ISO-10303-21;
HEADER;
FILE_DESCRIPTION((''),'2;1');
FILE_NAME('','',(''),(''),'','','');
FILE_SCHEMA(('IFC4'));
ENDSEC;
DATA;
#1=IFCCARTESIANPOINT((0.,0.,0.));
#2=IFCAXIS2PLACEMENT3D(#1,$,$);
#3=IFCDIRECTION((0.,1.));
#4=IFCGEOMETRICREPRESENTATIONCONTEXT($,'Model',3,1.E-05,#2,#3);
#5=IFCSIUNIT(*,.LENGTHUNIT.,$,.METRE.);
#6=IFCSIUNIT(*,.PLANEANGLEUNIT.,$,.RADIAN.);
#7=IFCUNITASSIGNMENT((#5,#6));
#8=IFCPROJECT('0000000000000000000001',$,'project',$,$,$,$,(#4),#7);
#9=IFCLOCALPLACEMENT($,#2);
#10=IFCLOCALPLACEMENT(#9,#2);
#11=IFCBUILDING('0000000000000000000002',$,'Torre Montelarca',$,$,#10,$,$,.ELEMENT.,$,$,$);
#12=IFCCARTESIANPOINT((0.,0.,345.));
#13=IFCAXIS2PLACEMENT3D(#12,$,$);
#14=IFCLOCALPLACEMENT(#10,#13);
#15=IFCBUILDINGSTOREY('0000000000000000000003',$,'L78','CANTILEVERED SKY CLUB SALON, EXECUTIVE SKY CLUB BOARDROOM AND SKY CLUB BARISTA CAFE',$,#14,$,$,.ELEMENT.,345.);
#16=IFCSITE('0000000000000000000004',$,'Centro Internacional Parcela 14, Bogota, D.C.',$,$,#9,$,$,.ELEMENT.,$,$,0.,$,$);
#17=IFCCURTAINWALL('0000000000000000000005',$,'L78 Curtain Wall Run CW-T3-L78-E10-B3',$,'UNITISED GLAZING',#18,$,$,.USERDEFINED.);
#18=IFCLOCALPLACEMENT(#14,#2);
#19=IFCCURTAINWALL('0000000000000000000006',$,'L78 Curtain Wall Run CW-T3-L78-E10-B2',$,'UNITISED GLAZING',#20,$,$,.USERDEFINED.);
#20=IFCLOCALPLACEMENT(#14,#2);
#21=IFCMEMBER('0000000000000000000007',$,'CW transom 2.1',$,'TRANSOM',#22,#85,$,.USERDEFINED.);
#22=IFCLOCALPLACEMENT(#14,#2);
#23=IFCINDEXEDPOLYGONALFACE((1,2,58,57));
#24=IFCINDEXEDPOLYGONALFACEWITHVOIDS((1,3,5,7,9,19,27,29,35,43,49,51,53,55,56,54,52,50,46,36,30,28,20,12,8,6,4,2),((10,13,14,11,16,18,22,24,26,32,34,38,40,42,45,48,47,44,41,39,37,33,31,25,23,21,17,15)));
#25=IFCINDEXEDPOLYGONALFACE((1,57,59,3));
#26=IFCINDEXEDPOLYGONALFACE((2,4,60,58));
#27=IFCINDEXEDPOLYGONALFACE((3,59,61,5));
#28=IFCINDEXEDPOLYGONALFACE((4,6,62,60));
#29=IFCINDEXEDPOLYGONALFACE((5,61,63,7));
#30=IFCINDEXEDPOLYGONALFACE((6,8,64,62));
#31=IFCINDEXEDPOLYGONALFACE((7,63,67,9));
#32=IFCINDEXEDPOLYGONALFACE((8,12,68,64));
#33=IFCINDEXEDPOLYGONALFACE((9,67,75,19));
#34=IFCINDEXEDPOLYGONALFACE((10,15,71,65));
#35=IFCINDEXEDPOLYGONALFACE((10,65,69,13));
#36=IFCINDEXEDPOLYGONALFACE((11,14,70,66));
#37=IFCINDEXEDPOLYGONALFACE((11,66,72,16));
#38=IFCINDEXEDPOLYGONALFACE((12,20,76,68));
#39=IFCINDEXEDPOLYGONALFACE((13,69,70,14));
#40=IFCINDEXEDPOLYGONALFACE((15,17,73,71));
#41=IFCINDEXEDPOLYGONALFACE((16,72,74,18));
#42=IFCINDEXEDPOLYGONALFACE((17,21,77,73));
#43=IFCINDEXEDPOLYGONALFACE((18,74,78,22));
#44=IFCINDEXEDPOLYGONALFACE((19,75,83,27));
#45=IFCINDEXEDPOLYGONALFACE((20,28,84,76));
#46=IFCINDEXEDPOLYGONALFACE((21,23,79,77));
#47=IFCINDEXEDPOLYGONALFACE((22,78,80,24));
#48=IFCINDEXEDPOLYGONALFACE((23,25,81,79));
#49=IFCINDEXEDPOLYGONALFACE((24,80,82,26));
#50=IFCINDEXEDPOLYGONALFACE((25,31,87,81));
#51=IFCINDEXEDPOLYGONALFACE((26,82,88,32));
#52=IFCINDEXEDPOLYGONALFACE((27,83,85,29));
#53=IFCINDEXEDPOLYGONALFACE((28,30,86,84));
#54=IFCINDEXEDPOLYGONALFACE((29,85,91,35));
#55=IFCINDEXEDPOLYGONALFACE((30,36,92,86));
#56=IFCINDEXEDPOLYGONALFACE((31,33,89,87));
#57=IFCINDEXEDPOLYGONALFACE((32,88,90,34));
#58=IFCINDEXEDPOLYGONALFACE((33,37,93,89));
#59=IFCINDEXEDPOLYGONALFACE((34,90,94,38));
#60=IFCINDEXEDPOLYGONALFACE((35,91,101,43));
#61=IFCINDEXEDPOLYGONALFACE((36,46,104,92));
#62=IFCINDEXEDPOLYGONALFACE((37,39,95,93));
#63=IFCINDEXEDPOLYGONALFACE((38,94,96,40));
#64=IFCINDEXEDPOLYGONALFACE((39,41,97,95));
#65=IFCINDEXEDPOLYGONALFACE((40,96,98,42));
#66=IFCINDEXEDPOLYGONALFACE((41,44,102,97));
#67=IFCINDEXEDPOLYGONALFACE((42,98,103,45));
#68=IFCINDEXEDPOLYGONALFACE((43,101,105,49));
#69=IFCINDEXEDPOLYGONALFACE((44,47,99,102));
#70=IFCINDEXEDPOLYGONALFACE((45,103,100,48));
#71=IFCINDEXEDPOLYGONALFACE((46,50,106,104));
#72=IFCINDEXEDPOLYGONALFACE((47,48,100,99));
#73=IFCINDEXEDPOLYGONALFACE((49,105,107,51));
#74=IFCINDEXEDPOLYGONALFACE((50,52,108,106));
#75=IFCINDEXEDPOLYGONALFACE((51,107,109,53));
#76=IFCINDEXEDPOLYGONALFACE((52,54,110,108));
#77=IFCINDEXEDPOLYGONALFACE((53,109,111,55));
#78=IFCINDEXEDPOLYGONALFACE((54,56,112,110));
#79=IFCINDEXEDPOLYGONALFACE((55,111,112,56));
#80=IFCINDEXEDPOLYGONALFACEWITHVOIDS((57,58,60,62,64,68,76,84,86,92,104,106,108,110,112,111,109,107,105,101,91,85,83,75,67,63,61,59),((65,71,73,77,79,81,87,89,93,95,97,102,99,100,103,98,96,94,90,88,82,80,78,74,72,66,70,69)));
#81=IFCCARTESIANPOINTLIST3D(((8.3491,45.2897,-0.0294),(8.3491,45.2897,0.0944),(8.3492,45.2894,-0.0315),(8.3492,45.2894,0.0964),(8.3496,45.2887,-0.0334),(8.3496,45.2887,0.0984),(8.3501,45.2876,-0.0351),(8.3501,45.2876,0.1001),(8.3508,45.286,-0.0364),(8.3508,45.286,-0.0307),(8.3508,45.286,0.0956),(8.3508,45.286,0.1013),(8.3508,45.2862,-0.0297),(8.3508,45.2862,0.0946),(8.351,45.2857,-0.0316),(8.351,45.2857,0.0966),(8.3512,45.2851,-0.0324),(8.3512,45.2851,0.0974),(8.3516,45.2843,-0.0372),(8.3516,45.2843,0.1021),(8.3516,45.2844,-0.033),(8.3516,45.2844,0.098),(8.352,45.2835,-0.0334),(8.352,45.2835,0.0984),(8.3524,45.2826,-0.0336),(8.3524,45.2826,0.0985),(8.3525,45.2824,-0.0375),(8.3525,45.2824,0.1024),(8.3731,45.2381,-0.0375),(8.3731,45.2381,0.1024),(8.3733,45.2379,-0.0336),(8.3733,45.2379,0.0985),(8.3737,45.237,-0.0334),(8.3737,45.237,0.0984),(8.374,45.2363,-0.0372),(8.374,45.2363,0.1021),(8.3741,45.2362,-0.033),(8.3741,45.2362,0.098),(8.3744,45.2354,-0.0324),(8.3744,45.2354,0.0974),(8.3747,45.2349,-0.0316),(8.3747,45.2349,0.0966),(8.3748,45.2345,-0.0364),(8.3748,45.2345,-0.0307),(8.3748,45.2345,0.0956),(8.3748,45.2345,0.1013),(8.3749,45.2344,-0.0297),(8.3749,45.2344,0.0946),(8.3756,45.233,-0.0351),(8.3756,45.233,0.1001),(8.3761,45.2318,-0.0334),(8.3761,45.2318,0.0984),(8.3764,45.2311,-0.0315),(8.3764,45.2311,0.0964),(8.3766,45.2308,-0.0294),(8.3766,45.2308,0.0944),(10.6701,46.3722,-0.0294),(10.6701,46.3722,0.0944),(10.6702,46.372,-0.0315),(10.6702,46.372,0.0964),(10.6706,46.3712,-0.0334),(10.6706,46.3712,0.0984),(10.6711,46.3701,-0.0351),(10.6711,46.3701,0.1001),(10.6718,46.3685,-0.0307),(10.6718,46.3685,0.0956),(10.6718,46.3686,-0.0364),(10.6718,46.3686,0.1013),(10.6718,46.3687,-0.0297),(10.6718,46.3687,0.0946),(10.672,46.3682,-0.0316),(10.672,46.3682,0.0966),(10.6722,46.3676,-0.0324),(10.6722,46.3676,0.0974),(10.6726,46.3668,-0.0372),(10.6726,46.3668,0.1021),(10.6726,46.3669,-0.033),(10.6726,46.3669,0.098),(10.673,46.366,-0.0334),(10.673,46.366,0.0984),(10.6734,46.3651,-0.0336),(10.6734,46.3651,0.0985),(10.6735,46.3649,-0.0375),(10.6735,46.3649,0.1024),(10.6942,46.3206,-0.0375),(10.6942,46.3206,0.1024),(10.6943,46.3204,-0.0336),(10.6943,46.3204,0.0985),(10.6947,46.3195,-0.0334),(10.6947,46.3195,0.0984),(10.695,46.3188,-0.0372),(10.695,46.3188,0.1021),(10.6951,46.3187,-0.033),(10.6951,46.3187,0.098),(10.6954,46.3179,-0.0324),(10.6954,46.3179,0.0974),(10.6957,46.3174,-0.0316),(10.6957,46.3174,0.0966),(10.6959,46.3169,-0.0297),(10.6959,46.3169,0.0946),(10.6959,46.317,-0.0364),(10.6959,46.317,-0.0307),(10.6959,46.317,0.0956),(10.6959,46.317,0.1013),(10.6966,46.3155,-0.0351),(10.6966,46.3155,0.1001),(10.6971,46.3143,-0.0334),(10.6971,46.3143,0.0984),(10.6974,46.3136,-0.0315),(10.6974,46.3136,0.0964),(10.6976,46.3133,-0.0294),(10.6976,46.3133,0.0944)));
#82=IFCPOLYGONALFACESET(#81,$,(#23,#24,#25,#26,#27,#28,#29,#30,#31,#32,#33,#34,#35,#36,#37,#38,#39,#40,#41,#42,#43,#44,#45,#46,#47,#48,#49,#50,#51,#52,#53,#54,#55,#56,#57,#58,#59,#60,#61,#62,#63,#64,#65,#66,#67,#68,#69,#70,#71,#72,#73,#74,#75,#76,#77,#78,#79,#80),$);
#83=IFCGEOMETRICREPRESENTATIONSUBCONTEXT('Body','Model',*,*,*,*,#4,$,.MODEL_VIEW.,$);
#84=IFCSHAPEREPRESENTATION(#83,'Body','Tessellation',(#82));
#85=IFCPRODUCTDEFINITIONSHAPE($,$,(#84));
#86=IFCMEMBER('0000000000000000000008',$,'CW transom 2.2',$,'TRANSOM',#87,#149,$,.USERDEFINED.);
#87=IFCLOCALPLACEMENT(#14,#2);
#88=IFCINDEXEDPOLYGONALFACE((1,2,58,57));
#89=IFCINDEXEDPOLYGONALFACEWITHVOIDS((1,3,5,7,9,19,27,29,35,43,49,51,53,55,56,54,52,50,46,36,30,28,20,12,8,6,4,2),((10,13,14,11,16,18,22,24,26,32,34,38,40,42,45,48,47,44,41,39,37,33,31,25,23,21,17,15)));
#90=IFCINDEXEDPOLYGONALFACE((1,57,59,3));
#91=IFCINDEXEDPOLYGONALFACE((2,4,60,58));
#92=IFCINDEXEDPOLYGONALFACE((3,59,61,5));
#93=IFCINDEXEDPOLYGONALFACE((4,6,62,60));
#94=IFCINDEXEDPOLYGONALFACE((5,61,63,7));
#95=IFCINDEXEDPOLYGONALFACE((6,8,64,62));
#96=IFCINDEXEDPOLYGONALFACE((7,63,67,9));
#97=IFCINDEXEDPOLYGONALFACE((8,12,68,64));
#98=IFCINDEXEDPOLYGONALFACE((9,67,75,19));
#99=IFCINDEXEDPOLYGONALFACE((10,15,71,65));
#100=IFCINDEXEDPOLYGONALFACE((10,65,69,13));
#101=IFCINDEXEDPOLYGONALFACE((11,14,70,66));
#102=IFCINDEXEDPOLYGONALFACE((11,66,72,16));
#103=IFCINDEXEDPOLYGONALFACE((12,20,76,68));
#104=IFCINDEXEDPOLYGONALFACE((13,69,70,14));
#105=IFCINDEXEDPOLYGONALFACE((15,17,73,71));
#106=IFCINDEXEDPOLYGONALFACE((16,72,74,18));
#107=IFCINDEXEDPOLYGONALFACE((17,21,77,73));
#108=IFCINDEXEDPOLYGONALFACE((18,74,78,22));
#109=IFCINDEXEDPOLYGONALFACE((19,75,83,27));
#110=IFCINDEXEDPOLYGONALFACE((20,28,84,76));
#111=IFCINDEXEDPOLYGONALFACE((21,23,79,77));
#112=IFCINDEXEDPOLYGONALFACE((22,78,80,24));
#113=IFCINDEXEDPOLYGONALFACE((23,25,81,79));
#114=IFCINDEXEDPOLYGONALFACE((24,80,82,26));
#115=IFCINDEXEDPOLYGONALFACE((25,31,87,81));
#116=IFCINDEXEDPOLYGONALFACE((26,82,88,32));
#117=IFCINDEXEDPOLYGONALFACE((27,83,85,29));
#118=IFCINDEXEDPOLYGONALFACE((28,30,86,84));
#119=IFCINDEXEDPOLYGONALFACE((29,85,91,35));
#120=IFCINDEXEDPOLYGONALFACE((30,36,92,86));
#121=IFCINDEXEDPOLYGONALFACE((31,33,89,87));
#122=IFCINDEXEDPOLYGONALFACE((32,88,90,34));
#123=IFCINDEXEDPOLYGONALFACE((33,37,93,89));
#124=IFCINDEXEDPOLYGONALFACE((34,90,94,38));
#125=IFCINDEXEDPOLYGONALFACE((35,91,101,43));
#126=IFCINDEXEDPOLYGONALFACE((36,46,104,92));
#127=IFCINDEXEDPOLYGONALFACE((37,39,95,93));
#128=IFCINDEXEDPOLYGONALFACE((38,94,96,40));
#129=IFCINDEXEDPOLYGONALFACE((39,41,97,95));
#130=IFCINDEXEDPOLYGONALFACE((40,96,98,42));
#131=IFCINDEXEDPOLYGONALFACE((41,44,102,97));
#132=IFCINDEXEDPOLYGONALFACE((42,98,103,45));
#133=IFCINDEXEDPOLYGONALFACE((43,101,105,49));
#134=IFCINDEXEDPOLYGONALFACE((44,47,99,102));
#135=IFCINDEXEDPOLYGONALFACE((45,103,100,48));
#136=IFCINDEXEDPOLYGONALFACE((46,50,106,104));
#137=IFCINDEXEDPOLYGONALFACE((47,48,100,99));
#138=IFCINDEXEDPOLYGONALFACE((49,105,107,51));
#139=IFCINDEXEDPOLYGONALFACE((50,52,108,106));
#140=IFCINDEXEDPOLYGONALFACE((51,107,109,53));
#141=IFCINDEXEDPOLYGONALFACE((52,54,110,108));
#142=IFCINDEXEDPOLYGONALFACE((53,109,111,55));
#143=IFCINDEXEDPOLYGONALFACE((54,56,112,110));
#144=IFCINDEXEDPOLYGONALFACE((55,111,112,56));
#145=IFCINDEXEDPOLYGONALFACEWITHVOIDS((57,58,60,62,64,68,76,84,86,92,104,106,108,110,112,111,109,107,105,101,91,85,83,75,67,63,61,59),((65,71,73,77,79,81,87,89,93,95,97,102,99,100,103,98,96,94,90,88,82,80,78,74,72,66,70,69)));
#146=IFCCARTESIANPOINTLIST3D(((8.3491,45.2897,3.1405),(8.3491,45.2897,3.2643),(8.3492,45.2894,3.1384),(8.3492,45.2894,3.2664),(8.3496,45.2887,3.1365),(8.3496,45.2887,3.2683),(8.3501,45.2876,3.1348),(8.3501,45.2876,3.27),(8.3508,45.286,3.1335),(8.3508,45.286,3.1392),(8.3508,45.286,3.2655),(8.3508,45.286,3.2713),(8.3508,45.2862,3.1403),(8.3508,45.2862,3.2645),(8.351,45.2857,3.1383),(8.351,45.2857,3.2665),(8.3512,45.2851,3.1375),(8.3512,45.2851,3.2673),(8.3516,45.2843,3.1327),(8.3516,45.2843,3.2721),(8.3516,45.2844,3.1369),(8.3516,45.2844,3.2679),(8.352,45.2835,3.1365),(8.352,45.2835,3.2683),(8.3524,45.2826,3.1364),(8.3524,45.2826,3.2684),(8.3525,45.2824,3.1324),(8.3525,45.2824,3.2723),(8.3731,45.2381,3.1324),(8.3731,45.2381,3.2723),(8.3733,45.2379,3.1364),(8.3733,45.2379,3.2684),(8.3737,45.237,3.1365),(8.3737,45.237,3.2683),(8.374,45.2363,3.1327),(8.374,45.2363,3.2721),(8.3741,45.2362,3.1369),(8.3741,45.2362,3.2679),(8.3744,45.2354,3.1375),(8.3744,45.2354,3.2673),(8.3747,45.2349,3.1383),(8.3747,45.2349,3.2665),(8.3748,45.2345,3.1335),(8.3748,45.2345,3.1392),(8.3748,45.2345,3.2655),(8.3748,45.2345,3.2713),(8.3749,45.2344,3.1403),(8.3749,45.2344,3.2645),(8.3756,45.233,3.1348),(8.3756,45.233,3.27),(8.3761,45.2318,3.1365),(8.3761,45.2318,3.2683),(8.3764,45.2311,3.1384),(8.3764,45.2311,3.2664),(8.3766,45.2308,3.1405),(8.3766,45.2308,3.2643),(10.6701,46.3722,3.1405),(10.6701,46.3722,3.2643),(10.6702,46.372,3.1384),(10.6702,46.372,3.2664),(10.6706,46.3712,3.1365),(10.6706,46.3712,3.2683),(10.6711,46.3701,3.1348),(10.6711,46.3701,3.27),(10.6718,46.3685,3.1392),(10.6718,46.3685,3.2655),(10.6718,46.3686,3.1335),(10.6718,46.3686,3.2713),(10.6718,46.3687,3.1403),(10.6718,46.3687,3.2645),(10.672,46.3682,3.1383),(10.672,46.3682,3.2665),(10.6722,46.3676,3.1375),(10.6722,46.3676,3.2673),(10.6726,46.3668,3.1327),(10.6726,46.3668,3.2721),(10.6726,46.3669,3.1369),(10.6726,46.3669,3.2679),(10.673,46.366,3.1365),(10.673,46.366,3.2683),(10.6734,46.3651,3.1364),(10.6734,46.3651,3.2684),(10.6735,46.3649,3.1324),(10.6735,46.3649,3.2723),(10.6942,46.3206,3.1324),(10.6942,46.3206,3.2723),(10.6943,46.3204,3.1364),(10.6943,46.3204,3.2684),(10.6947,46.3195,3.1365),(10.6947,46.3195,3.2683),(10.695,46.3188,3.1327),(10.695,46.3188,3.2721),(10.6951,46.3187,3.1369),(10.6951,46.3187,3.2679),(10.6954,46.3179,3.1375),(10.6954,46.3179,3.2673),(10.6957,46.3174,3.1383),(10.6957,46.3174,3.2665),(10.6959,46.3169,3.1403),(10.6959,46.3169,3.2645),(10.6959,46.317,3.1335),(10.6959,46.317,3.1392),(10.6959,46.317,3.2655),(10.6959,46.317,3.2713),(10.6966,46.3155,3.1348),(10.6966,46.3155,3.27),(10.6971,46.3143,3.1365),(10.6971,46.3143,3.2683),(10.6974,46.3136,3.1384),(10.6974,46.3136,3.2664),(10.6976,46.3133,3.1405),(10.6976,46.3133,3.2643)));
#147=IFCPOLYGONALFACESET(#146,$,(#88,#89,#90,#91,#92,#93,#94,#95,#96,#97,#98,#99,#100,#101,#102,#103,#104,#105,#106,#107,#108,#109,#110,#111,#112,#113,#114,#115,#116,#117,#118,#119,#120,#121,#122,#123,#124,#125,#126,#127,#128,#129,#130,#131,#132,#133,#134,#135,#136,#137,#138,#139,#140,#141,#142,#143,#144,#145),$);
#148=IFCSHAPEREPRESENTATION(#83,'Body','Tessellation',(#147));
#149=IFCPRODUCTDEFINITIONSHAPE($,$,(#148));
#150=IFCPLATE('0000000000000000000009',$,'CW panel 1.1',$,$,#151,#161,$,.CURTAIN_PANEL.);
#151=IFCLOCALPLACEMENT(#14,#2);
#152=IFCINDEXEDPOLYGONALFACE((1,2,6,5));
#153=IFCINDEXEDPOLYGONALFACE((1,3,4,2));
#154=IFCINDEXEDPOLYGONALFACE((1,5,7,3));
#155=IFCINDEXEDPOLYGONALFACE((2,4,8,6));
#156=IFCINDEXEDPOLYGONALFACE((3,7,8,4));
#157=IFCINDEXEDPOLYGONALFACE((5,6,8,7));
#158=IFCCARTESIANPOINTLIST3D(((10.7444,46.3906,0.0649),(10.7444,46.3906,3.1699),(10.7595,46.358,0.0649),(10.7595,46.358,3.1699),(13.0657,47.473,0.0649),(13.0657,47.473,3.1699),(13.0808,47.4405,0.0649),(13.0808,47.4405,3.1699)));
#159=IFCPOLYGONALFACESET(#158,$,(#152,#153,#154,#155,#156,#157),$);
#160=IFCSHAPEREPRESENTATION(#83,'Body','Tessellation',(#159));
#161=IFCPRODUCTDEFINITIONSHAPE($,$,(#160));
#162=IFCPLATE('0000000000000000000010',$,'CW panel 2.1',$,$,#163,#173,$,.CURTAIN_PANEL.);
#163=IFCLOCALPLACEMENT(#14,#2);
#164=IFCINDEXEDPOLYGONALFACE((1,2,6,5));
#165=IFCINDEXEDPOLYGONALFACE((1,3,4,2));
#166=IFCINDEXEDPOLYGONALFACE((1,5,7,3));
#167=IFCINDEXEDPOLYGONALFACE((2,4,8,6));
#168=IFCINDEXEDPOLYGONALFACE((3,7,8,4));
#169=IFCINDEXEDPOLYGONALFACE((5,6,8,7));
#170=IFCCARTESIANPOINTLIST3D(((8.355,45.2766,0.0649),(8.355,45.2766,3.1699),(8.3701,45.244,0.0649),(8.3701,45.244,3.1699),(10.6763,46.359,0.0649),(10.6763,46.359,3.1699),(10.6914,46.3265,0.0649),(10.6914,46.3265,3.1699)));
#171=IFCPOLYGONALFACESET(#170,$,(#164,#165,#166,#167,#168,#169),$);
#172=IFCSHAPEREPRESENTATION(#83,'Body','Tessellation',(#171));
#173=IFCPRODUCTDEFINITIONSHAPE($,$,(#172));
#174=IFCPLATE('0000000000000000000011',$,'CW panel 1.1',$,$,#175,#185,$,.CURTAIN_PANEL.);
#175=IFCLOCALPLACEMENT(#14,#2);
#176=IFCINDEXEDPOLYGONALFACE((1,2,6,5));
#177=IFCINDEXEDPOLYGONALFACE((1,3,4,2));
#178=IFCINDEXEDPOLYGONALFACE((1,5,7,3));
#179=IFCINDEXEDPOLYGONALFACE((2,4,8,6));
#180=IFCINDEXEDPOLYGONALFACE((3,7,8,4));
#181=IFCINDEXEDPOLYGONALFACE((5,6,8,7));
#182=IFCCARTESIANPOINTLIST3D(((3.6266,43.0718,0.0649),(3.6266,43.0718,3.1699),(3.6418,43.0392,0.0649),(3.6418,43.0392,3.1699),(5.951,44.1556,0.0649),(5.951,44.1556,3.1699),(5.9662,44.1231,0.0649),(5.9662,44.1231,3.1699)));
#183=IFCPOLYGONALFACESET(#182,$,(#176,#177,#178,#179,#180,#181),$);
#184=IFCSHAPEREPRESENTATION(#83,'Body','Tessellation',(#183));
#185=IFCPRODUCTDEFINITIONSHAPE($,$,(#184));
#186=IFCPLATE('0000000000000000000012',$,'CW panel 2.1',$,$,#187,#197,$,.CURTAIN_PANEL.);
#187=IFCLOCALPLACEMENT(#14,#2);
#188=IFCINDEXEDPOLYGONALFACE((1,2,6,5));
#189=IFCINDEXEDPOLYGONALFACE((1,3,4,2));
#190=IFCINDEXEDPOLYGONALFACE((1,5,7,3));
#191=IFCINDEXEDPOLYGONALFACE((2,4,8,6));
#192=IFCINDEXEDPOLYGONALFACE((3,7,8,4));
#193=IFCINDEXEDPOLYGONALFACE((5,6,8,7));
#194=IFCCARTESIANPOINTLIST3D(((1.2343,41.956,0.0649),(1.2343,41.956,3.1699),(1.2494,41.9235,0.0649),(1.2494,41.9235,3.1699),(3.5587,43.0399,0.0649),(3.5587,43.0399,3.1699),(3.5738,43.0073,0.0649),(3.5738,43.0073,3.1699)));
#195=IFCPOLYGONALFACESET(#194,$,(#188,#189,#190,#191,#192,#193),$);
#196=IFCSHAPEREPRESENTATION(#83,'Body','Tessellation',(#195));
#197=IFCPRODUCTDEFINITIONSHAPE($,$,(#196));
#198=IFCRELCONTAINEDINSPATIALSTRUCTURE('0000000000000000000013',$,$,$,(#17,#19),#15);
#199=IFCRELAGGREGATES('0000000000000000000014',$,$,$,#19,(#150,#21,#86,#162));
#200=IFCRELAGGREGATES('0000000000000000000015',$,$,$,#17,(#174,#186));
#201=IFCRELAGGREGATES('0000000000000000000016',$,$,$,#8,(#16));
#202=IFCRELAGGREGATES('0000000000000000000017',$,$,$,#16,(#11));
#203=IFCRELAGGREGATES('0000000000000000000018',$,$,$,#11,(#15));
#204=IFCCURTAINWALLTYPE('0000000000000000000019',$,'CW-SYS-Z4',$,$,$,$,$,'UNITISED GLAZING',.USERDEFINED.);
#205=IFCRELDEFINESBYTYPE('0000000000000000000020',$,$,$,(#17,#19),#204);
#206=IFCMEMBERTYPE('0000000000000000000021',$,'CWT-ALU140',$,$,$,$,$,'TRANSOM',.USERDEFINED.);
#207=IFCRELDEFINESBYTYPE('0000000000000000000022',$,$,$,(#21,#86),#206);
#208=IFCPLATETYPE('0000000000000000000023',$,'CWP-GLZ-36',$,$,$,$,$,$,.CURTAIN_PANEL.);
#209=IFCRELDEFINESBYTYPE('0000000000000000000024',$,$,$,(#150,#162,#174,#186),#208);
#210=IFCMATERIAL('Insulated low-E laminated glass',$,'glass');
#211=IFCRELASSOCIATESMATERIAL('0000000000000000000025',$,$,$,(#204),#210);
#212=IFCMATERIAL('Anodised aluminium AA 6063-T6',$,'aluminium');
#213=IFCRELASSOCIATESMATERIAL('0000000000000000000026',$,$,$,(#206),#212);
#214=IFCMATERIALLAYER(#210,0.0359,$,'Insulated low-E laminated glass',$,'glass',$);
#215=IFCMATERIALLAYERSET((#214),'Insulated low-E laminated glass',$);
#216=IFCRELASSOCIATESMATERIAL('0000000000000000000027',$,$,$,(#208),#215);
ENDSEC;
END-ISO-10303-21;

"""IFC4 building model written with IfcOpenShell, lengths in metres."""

from ifc_helpers import new_model, si_unit, direction, frame, origin, origin_2d, place, context, subcontext, project, spatial, rectangle, hollow_rectangle, extrude, source, transform, mapped, material, layer, layer_set, material_profile, profile_set, type_object, element, aggregate, save


model = new_model("IFC4")

# Units and contexts
model_context = context("Model", 3, precision=1e-05, world=origin(), true_north=direction((0.0, 1.0)))
body_context = subcontext(model_context, "Body", "Model", "MODEL_VIEW")
ifc_project = project(units=[si_unit("LENGTHUNIT", "METRE"), si_unit("PLANEANGLEUNIT", "RADIAN")], contexts=[model_context])

# Site, building, storey
site_placement = place(None, origin())
site = spatial("IfcSite", under=ifc_project, at=site_placement, Name="Centro Internacional Parcela 14, Bogota, D.C.", CompositionType="ELEMENT", RefElevation=0.0)
building_placement = place(site_placement, origin())
building = spatial("IfcBuilding", under=site, at=building_placement, Name="Torre Montelarca", CompositionType="ELEMENT")
storey_placement = place(building_placement, frame((0.0, 0.0, 345.0)))
storey = spatial("IfcBuildingStorey", under=building, at=storey_placement, Name="L78", Description="CANTILEVERED SKY CLUB SALON, EXECUTIVE SKY CLUB BOARDROOM AND SKY CLUB BARISTA CAFE", CompositionType="ELEMENT", Elevation=345.0)

# Curtain walls
ifc_material_1 = material(Name="Insulated low-E laminated glass", Category="glass")
curtain_wall_type = type_object("IfcCurtainWallType", Name="CW-SYS-Z4", ElementType="UNITISED GLAZING", PredefinedType="USERDEFINED", material=ifc_material_1)
ifc_material_2 = material(Name="Anodised aluminium AA 6063-T6", Category="aluminium")
ifc_material_profile_1 = material_profile(ifc_material_2, hollow_rectangle(XDim=0.0649, YDim=0.1399, WallThickness=0.0039, InnerFilletRadius=0.0039, OuterFilletRadius=0.0081, at=origin_2d()), Name="ALU65X140X4", Category="aluminium")
ifc_profile_set_1 = profile_set([ifc_material_profile_1], Name="Anodised aluminium AA 6063-T6")
member_type_1 = type_object("IfcMemberType", Name="CWT-ALU140", ElementType="TRANSOM", PredefinedType="USERDEFINED", material=ifc_profile_set_1)
curtain_wall_1_placement = place(storey_placement, origin())
curtain_wall_1 = element("IfcCurtainWall", 1, at=curtain_wall_1_placement, inside=storey, type_object=curtain_wall_type, Name="L78 Curtain Wall Run CW-T3-L78-E10-B3", ObjectType="UNITISED GLAZING", PredefinedType="USERDEFINED")
curtain_wall_2_placement = place(storey_placement, origin())
curtain_wall_2 = element("IfcCurtainWall", 2, at=curtain_wall_2_placement, inside=storey, type_object=curtain_wall_type, Name="L78 Curtain Wall Run CW-T3-L78-E10-B2", ObjectType="UNITISED GLAZING", PredefinedType="USERDEFINED")

# Members
shared_shape_1 = source(origin(), body_context, "Body", "SweptSolid", [
    extrude(hollow_rectangle(XDim=0.0649, YDim=0.1399, WallThickness=0.0039, InnerFilletRadius=0.0039, OuterFilletRadius=0.0081, at=origin_2d()), origin(), (0.0, 0.0, 1.0), 2.561),
])
member_1_placement = place(storey_placement, frame((10.6838, 46.3428, 0.0325), z_axis=(-0.906278, -0.422682, 0.0), x_axis=(0.422682, -0.906278, 0.0)))
member_1 = element("IfcMember", 3, at=member_1_placement, type_object=member_type_1, Name="CW transom 2.1", ObjectType="TRANSOM", PredefinedType="USERDEFINED", context=body_context, shape_type="MappedRepresentation", body=[
    mapped(shared_shape_1, transform((0.0, 0.0, 0.0), scale=1.0)),
])
member_2_placement = place(storey_placement, frame((10.6838, 46.3428, 3.2024), z_axis=(-0.906278, -0.422682, 0.0), x_axis=(0.422682, -0.906278, 0.0)))
member_2 = element("IfcMember", 4, at=member_2_placement, type_object=member_type_1, Name="CW transom 2.2", ObjectType="TRANSOM", PredefinedType="USERDEFINED", context=body_context, shape_type="MappedRepresentation", body=[
    mapped(shared_shape_1, transform((0.0, 0.0, 0.0), scale=1.0)),
])

# Plates
ifc_layer_1 = layer(ifc_material_1, 0.0359, Name="Insulated low-E laminated glass", Category="glass")
ifc_layer_set_1 = layer_set([ifc_layer_1], Name="Insulated low-E laminated glass")
plate_type = type_object("IfcPlateType", Name="CWP-GLZ-36", PredefinedType="CURTAIN_PANEL", material=ifc_layer_set_1)
shared_shape_2 = source(origin(), body_context, "Body", "SweptSolid", [
    extrude(rectangle(XDim=2.5613, YDim=0.0359, at=origin_2d()), origin(), (0.0, 0.0, 1.0), 3.105),
])
plate_1_placement = place(storey_placement, frame((11.9126, 46.9155, 0.0649), z_axis=(0.0, 0.0, 1.0), x_axis=(-0.906309, -0.422616, 0.0)))
plate_1 = element("IfcPlate", 5, at=plate_1_placement, type_object=plate_type, Name="CW panel 1.1", PredefinedType="CURTAIN_PANEL", context=body_context, shape_type="MappedRepresentation", body=[
    mapped(shared_shape_2, transform((0.0, 0.0, 0.0), scale=1.0)),
])
plate_2_placement = place(storey_placement, frame((9.5232, 45.8015, 0.0649), z_axis=(0.0, 0.0, 1.0), x_axis=(-0.906309, -0.422616, 0.0)))
plate_2 = element("IfcPlate", 6, at=plate_2_placement, type_object=plate_type, Name="CW panel 2.1", PredefinedType="CURTAIN_PANEL", context=body_context, shape_type="MappedRepresentation", body=[
    mapped(shared_shape_2, transform((0.0, 0.0, 0.0), scale=1.0)),
])
aggregate(curtain_wall_2, [plate_1, member_1, member_2, plate_2])
shared_shape_3 = source(origin(), body_context, "Body", "SweptSolid", [
    extrude(rectangle(XDim=2.5647, YDim=0.0359, at=origin_2d()), origin(), (0.0, 0.0, 1.0), 3.105),
])
plate_3_placement = place(storey_placement, frame((4.7964, 43.5974, 0.0649), z_axis=(0.0, 0.0, 1.0), x_axis=(-0.906315, -0.422602, 0.0)))
plate_3 = element("IfcPlate", 7, at=plate_3_placement, type_object=plate_type, Name="CW panel 1.1", PredefinedType="CURTAIN_PANEL", context=body_context, shape_type="MappedRepresentation", body=[
    mapped(shared_shape_3, transform((0.0, 0.0, 0.0), scale=1.0)),
])
plate_4_placement = place(storey_placement, frame((2.4041, 42.4817, 0.0649), z_axis=(0.0, 0.0, 1.0), x_axis=(-0.906315, -0.422602, 0.0)))
plate_4 = element("IfcPlate", 8, at=plate_4_placement, type_object=plate_type, Name="CW panel 2.1", PredefinedType="CURTAIN_PANEL", context=body_context, shape_type="MappedRepresentation", body=[
    mapped(shared_shape_3, transform((0.0, 0.0, 0.0), scale=1.0)),
])
aggregate(curtain_wall_1, [plate_3, plate_4])

save(model, "model.ifc")
